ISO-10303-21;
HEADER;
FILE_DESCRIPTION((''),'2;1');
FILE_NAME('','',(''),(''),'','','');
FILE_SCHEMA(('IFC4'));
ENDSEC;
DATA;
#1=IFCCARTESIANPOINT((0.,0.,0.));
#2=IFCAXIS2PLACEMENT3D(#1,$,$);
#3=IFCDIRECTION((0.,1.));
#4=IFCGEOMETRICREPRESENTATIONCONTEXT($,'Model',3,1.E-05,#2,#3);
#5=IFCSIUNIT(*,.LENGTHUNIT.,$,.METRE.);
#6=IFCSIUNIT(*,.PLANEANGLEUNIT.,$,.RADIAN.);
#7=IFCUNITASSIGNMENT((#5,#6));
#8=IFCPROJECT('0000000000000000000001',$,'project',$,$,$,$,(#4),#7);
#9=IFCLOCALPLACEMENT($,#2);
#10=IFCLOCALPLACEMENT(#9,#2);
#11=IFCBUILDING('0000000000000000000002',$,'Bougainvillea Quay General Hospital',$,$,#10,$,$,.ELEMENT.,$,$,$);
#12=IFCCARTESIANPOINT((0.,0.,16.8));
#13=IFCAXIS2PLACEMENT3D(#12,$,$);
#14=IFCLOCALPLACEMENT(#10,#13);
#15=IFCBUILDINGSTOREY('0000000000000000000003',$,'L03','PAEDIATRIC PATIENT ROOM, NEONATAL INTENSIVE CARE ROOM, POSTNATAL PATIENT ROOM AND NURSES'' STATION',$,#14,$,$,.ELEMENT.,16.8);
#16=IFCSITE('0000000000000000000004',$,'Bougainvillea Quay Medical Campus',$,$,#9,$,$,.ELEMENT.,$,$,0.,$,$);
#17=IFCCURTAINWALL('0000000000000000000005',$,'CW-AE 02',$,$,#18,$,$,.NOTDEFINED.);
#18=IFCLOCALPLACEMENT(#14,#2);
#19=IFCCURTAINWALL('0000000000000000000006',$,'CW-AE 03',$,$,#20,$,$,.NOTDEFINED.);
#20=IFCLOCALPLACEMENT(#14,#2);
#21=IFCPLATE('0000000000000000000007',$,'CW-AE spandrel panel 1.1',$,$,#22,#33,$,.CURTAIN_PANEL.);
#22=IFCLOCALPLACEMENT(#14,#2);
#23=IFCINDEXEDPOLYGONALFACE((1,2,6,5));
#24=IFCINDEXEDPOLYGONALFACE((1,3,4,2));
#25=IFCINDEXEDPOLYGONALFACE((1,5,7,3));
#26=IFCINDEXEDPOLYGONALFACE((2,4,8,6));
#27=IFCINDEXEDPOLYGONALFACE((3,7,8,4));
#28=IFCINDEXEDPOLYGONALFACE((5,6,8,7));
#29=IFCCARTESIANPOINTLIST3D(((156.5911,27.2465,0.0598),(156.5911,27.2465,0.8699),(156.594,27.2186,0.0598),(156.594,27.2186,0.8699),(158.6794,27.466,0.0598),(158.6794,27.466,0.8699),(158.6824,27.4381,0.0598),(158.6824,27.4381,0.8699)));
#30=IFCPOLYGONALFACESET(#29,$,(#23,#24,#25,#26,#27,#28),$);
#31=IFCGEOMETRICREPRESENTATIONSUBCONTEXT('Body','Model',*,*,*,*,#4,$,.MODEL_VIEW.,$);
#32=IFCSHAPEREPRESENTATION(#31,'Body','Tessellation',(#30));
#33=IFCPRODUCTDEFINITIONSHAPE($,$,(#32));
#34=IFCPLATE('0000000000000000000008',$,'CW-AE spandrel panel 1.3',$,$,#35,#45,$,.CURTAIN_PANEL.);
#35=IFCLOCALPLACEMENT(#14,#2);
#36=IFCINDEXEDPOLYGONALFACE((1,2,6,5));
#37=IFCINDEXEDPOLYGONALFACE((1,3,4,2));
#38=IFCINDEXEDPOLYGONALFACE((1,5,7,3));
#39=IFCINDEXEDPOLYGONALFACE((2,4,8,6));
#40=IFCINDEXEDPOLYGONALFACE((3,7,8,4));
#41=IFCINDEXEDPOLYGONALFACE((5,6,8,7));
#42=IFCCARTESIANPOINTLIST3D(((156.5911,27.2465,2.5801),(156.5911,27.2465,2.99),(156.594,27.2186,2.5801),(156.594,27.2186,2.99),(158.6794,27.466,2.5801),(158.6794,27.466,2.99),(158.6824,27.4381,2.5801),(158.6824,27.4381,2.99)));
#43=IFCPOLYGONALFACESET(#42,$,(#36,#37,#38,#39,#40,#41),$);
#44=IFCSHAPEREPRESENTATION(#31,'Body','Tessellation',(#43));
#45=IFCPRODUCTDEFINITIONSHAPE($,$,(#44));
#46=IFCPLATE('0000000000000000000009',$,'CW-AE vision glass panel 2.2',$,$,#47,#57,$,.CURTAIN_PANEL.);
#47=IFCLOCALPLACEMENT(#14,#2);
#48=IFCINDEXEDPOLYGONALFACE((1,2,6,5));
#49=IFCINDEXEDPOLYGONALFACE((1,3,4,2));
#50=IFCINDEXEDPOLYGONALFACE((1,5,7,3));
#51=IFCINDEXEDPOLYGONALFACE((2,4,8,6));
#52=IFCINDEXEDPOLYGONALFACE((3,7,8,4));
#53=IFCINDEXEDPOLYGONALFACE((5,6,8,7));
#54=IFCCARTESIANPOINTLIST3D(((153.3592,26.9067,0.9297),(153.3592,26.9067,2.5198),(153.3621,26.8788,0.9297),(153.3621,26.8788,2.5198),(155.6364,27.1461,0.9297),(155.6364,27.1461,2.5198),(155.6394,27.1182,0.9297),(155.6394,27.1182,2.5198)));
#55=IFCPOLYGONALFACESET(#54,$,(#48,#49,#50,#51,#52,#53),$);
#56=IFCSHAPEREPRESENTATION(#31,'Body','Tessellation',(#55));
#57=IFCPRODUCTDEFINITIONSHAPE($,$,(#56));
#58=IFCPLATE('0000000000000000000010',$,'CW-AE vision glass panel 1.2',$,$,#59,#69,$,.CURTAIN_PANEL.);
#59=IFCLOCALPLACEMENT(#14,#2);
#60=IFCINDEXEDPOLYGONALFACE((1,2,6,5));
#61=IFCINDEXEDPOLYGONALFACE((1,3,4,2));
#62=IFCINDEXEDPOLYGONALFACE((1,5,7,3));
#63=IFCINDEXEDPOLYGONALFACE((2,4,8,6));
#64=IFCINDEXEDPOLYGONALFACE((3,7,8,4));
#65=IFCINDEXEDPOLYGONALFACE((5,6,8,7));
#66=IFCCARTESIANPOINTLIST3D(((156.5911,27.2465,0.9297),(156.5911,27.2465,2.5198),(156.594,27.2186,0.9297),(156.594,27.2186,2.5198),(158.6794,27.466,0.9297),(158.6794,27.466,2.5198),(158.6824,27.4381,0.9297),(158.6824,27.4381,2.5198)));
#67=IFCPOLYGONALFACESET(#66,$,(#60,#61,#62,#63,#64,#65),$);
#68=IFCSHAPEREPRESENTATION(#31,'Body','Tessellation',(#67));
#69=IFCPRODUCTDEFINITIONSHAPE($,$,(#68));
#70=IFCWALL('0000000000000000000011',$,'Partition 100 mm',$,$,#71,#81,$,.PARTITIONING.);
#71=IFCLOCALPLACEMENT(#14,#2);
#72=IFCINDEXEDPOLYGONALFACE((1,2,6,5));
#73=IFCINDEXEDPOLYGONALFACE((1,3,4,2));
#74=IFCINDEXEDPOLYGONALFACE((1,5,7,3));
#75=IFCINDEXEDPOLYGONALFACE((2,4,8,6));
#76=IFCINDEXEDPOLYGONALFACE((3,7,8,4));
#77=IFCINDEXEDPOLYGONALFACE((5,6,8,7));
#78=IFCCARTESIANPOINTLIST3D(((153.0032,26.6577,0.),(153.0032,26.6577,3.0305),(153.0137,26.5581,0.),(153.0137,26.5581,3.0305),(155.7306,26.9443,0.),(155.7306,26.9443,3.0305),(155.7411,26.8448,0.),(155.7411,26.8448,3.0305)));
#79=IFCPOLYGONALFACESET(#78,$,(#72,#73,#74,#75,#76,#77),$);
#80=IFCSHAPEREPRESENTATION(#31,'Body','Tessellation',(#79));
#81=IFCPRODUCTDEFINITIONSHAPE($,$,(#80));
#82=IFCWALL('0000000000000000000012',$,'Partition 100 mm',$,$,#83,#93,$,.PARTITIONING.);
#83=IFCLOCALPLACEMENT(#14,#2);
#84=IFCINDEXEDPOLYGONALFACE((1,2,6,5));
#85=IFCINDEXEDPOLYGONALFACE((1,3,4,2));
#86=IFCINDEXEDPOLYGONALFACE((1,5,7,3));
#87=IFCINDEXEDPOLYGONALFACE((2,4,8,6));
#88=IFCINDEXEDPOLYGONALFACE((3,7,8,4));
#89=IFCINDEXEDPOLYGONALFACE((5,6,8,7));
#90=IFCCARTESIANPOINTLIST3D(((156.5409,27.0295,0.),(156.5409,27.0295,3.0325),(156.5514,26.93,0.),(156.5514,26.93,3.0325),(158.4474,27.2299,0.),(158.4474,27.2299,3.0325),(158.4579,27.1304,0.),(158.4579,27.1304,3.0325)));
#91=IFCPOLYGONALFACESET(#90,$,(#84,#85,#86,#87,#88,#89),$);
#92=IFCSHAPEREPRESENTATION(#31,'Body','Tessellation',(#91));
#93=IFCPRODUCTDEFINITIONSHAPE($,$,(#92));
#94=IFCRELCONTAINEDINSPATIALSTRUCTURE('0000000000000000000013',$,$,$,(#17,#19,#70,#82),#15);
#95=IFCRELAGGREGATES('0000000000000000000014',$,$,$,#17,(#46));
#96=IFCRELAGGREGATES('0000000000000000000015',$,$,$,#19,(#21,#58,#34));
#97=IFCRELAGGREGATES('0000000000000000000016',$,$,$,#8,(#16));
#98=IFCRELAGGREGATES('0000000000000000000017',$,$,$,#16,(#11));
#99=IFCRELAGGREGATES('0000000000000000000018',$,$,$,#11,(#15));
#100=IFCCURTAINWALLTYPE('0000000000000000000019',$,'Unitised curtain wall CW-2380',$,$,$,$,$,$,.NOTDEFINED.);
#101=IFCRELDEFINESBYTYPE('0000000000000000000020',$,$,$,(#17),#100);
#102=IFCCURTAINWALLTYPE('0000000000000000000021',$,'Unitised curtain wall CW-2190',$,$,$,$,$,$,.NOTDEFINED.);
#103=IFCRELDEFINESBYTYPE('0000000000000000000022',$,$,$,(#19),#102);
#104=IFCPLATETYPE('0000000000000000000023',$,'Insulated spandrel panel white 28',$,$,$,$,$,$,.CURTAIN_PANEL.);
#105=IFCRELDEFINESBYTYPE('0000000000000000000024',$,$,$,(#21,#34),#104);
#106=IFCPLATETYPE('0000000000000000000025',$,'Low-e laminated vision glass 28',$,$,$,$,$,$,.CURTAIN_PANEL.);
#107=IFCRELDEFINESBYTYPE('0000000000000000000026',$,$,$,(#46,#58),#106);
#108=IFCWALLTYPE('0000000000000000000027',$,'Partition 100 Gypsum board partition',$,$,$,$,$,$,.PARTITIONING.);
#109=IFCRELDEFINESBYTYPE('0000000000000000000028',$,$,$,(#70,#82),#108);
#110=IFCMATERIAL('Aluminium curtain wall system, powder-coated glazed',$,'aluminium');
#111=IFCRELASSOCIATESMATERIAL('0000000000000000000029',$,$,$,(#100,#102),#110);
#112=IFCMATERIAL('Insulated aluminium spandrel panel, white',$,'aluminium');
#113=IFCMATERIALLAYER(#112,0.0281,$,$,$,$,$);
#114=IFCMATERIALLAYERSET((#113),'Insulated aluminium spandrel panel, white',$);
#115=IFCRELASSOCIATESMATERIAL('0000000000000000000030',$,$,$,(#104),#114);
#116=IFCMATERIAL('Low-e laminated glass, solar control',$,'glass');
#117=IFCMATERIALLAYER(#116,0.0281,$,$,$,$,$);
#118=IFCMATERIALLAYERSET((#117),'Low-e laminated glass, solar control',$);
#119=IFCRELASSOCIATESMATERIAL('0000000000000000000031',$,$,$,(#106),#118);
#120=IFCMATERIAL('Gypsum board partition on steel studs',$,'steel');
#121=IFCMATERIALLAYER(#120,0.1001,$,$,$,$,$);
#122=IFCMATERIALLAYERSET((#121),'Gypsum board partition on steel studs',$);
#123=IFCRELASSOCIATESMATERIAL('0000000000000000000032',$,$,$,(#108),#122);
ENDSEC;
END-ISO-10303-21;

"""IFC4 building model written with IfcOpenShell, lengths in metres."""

from ifc_helpers import new_model, si_unit, direction, frame, frame_2d, origin, origin_2d, place, context, subcontext, project, spatial, rectangle, extrude, material, layer, layer_set, type_object, element, aggregate, save


model = new_model("IFC4")

# Units and contexts
model_context = context("Model", 3, precision=1e-05, world=origin(), true_north=direction((0.0, 1.0)))
body_context = subcontext(model_context, "Body", "Model", "MODEL_VIEW")
ifc_project = project(units=[si_unit("LENGTHUNIT", "METRE"), si_unit("PLANEANGLEUNIT", "RADIAN")], contexts=[model_context])

# Site, building, storey
site_placement = place(None, origin())
site = spatial("IfcSite", under=ifc_project, at=site_placement, Name="Bougainvillea Quay Medical Campus", CompositionType="ELEMENT", RefElevation=0.0)
building_placement = place(site_placement, origin())
building = spatial("IfcBuilding", under=site, at=building_placement, Name="Bougainvillea Quay General Hospital", CompositionType="ELEMENT")
storey_placement = place(building_placement, frame((0.0, 0.0, 16.8)))
storey = spatial("IfcBuildingStorey", under=building, at=storey_placement, Name="L03", Description="PAEDIATRIC PATIENT ROOM, NEONATAL INTENSIVE CARE ROOM, POSTNATAL PATIENT ROOM AND NURSES' STATION", CompositionType="ELEMENT", Elevation=16.8)

# Curtain wall
ifc_material_1 = material(Name="Aluminium curtain wall system, powder-coated glazed", Category="aluminium")
curtain_wall_type_1 = type_object("IfcCurtainWallType", Name="Unitised curtain wall CW-2380", PredefinedType="NOTDEFINED", material=ifc_material_1)
curtain_wall_1_placement = place(storey_placement, origin())
curtain_wall_1 = element("IfcCurtainWall", 1, at=curtain_wall_1_placement, inside=storey, type_object=curtain_wall_type_1, Name="CW-AE 02", PredefinedType="NOTDEFINED")

# Curtain wall
curtain_wall_type_2 = type_object("IfcCurtainWallType", Name="Unitised curtain wall CW-2190", PredefinedType="NOTDEFINED", material=ifc_material_1)
curtain_wall_2_placement = place(storey_placement, origin())
curtain_wall_2 = element("IfcCurtainWall", 2, at=curtain_wall_2_placement, inside=storey, type_object=curtain_wall_type_2, Name="CW-AE 03", PredefinedType="NOTDEFINED")

# Plates
ifc_material_2 = material(Name="Insulated aluminium spandrel panel, white", Category="aluminium")
ifc_layer_1 = layer(ifc_material_2, 0.0281)
ifc_layer_set_1 = layer_set([ifc_layer_1], Name="Insulated aluminium spandrel panel, white")
plate_type_1 = type_object("IfcPlateType", Name="Insulated spandrel panel white 28", PredefinedType="CURTAIN_PANEL", material=ifc_layer_set_1)
plate_1_placement = place(storey_placement, frame((157.6367, 27.3423, 0.0598), z_axis=(0.0, 0.0, 1.0), x_axis=(0.994522, 0.104527, 0.0)))
plate_1 = element("IfcPlate", 3, at=plate_1_placement, type_object=plate_type_1, Name="CW-AE spandrel panel 1.1", PredefinedType="CURTAIN_PANEL", context=body_context, shape_type="SweptSolid", body=[
    extrude(rectangle(XDim=2.0999, YDim=0.0281, at=origin_2d()), origin(), (0.0, 0.0, 1.0), 0.8101),
])
plate_2_placement = place(storey_placement, frame((157.6367, 27.3423, 2.5801), z_axis=(0.0, 0.0, 1.0), x_axis=(0.994522, 0.104527, 0.0)))
plate_2 = element("IfcPlate", 4, at=plate_2_placement, type_object=plate_type_1, Name="CW-AE spandrel panel 1.3", PredefinedType="CURTAIN_PANEL", context=body_context, shape_type="SweptSolid", body=[
    extrude(rectangle(XDim=2.0999, YDim=0.0281, at=origin_2d()), origin(), (0.0, 0.0, 1.0), 0.4099),
])
ifc_material_3 = material(Name="Low-e laminated glass, solar control", Category="glass")
ifc_layer_2 = layer(ifc_material_3, 0.0281)
ifc_layer_set_2 = layer_set([ifc_layer_2], Name="Low-e laminated glass, solar control")
plate_type_2 = type_object("IfcPlateType", Name="Low-e laminated vision glass 28", PredefinedType="CURTAIN_PANEL", material=ifc_layer_set_2)
plate_3_placement = place(storey_placement, frame((154.4993, 27.0125, 0.9297), z_axis=(0.0, 0.0, 1.0), x_axis=(0.994522, 0.104527, 0.0)))
plate_3 = element("IfcPlate", 5, at=plate_3_placement, type_object=plate_type_2, Name="CW-AE vision glass panel 2.2", PredefinedType="CURTAIN_PANEL", context=body_context, shape_type="SweptSolid", body=[
    extrude(rectangle(XDim=2.2898, YDim=0.0281, at=origin_2d()), origin(), (0.0, 0.0, 1.0), 1.5901),
])
aggregate(curtain_wall_1, [plate_3])
plate_4_placement = place(storey_placement, frame((157.6367, 27.3423, 0.9297), z_axis=(0.0, 0.0, 1.0), x_axis=(0.994522, 0.104527, 0.0)))
plate_4 = element("IfcPlate", 6, at=plate_4_placement, type_object=plate_type_2, Name="CW-AE vision glass panel 1.2", PredefinedType="CURTAIN_PANEL", context=body_context, shape_type="SweptSolid", body=[
    extrude(rectangle(XDim=2.0999, YDim=0.0281, at=origin_2d()), origin(), (0.0, 0.0, 1.0), 1.5901),
])
aggregate(curtain_wall_2, [plate_1, plate_4, plate_2])

# Walls
ifc_material_4 = material(Name="Gypsum board partition on steel studs", Category="steel")
ifc_layer_3 = layer(ifc_material_4, 0.1001)
ifc_layer_set_3 = layer_set([ifc_layer_3], Name="Gypsum board partition on steel studs")
wall_type = type_object("IfcWallType", Name="Partition 100 Gypsum board partition", PredefinedType="PARTITIONING", material=ifc_layer_set_3)
wall_1_placement = place(storey_placement, frame((153.0085, 26.6079, 0.0), z_axis=(0.0, 0.0, 1.0), x_axis=(0.994523, 0.104518, 0.0)))
element("IfcWall", 7, at=wall_1_placement, inside=storey, type_object=wall_type, Name="Partition 100 mm", PredefinedType="PARTITIONING", context=body_context, shape_type="SweptSolid", body=[
    extrude(rectangle(XDim=2.7424, YDim=0.1001, at=frame_2d((1.3711, 0.0))), origin(), (0.0, 0.0, 1.0), 3.0305),
])
wall_2_placement = place(storey_placement, frame((156.5461, 26.9797, 0.0), z_axis=(0.0, 0.0, 1.0), x_axis=(0.994519, 0.104559, 0.0)))
element("IfcWall", 8, at=wall_2_placement, inside=storey, type_object=wall_type, Name="Partition 100 mm", PredefinedType="PARTITIONING", context=body_context, shape_type="SweptSolid", body=[
    extrude(rectangle(XDim=1.917, YDim=0.1001, at=frame_2d((0.9585, 0.0))), origin(), (0.0, 0.0, 1.0), 3.0325),
])

save(model, "model.ifc")
